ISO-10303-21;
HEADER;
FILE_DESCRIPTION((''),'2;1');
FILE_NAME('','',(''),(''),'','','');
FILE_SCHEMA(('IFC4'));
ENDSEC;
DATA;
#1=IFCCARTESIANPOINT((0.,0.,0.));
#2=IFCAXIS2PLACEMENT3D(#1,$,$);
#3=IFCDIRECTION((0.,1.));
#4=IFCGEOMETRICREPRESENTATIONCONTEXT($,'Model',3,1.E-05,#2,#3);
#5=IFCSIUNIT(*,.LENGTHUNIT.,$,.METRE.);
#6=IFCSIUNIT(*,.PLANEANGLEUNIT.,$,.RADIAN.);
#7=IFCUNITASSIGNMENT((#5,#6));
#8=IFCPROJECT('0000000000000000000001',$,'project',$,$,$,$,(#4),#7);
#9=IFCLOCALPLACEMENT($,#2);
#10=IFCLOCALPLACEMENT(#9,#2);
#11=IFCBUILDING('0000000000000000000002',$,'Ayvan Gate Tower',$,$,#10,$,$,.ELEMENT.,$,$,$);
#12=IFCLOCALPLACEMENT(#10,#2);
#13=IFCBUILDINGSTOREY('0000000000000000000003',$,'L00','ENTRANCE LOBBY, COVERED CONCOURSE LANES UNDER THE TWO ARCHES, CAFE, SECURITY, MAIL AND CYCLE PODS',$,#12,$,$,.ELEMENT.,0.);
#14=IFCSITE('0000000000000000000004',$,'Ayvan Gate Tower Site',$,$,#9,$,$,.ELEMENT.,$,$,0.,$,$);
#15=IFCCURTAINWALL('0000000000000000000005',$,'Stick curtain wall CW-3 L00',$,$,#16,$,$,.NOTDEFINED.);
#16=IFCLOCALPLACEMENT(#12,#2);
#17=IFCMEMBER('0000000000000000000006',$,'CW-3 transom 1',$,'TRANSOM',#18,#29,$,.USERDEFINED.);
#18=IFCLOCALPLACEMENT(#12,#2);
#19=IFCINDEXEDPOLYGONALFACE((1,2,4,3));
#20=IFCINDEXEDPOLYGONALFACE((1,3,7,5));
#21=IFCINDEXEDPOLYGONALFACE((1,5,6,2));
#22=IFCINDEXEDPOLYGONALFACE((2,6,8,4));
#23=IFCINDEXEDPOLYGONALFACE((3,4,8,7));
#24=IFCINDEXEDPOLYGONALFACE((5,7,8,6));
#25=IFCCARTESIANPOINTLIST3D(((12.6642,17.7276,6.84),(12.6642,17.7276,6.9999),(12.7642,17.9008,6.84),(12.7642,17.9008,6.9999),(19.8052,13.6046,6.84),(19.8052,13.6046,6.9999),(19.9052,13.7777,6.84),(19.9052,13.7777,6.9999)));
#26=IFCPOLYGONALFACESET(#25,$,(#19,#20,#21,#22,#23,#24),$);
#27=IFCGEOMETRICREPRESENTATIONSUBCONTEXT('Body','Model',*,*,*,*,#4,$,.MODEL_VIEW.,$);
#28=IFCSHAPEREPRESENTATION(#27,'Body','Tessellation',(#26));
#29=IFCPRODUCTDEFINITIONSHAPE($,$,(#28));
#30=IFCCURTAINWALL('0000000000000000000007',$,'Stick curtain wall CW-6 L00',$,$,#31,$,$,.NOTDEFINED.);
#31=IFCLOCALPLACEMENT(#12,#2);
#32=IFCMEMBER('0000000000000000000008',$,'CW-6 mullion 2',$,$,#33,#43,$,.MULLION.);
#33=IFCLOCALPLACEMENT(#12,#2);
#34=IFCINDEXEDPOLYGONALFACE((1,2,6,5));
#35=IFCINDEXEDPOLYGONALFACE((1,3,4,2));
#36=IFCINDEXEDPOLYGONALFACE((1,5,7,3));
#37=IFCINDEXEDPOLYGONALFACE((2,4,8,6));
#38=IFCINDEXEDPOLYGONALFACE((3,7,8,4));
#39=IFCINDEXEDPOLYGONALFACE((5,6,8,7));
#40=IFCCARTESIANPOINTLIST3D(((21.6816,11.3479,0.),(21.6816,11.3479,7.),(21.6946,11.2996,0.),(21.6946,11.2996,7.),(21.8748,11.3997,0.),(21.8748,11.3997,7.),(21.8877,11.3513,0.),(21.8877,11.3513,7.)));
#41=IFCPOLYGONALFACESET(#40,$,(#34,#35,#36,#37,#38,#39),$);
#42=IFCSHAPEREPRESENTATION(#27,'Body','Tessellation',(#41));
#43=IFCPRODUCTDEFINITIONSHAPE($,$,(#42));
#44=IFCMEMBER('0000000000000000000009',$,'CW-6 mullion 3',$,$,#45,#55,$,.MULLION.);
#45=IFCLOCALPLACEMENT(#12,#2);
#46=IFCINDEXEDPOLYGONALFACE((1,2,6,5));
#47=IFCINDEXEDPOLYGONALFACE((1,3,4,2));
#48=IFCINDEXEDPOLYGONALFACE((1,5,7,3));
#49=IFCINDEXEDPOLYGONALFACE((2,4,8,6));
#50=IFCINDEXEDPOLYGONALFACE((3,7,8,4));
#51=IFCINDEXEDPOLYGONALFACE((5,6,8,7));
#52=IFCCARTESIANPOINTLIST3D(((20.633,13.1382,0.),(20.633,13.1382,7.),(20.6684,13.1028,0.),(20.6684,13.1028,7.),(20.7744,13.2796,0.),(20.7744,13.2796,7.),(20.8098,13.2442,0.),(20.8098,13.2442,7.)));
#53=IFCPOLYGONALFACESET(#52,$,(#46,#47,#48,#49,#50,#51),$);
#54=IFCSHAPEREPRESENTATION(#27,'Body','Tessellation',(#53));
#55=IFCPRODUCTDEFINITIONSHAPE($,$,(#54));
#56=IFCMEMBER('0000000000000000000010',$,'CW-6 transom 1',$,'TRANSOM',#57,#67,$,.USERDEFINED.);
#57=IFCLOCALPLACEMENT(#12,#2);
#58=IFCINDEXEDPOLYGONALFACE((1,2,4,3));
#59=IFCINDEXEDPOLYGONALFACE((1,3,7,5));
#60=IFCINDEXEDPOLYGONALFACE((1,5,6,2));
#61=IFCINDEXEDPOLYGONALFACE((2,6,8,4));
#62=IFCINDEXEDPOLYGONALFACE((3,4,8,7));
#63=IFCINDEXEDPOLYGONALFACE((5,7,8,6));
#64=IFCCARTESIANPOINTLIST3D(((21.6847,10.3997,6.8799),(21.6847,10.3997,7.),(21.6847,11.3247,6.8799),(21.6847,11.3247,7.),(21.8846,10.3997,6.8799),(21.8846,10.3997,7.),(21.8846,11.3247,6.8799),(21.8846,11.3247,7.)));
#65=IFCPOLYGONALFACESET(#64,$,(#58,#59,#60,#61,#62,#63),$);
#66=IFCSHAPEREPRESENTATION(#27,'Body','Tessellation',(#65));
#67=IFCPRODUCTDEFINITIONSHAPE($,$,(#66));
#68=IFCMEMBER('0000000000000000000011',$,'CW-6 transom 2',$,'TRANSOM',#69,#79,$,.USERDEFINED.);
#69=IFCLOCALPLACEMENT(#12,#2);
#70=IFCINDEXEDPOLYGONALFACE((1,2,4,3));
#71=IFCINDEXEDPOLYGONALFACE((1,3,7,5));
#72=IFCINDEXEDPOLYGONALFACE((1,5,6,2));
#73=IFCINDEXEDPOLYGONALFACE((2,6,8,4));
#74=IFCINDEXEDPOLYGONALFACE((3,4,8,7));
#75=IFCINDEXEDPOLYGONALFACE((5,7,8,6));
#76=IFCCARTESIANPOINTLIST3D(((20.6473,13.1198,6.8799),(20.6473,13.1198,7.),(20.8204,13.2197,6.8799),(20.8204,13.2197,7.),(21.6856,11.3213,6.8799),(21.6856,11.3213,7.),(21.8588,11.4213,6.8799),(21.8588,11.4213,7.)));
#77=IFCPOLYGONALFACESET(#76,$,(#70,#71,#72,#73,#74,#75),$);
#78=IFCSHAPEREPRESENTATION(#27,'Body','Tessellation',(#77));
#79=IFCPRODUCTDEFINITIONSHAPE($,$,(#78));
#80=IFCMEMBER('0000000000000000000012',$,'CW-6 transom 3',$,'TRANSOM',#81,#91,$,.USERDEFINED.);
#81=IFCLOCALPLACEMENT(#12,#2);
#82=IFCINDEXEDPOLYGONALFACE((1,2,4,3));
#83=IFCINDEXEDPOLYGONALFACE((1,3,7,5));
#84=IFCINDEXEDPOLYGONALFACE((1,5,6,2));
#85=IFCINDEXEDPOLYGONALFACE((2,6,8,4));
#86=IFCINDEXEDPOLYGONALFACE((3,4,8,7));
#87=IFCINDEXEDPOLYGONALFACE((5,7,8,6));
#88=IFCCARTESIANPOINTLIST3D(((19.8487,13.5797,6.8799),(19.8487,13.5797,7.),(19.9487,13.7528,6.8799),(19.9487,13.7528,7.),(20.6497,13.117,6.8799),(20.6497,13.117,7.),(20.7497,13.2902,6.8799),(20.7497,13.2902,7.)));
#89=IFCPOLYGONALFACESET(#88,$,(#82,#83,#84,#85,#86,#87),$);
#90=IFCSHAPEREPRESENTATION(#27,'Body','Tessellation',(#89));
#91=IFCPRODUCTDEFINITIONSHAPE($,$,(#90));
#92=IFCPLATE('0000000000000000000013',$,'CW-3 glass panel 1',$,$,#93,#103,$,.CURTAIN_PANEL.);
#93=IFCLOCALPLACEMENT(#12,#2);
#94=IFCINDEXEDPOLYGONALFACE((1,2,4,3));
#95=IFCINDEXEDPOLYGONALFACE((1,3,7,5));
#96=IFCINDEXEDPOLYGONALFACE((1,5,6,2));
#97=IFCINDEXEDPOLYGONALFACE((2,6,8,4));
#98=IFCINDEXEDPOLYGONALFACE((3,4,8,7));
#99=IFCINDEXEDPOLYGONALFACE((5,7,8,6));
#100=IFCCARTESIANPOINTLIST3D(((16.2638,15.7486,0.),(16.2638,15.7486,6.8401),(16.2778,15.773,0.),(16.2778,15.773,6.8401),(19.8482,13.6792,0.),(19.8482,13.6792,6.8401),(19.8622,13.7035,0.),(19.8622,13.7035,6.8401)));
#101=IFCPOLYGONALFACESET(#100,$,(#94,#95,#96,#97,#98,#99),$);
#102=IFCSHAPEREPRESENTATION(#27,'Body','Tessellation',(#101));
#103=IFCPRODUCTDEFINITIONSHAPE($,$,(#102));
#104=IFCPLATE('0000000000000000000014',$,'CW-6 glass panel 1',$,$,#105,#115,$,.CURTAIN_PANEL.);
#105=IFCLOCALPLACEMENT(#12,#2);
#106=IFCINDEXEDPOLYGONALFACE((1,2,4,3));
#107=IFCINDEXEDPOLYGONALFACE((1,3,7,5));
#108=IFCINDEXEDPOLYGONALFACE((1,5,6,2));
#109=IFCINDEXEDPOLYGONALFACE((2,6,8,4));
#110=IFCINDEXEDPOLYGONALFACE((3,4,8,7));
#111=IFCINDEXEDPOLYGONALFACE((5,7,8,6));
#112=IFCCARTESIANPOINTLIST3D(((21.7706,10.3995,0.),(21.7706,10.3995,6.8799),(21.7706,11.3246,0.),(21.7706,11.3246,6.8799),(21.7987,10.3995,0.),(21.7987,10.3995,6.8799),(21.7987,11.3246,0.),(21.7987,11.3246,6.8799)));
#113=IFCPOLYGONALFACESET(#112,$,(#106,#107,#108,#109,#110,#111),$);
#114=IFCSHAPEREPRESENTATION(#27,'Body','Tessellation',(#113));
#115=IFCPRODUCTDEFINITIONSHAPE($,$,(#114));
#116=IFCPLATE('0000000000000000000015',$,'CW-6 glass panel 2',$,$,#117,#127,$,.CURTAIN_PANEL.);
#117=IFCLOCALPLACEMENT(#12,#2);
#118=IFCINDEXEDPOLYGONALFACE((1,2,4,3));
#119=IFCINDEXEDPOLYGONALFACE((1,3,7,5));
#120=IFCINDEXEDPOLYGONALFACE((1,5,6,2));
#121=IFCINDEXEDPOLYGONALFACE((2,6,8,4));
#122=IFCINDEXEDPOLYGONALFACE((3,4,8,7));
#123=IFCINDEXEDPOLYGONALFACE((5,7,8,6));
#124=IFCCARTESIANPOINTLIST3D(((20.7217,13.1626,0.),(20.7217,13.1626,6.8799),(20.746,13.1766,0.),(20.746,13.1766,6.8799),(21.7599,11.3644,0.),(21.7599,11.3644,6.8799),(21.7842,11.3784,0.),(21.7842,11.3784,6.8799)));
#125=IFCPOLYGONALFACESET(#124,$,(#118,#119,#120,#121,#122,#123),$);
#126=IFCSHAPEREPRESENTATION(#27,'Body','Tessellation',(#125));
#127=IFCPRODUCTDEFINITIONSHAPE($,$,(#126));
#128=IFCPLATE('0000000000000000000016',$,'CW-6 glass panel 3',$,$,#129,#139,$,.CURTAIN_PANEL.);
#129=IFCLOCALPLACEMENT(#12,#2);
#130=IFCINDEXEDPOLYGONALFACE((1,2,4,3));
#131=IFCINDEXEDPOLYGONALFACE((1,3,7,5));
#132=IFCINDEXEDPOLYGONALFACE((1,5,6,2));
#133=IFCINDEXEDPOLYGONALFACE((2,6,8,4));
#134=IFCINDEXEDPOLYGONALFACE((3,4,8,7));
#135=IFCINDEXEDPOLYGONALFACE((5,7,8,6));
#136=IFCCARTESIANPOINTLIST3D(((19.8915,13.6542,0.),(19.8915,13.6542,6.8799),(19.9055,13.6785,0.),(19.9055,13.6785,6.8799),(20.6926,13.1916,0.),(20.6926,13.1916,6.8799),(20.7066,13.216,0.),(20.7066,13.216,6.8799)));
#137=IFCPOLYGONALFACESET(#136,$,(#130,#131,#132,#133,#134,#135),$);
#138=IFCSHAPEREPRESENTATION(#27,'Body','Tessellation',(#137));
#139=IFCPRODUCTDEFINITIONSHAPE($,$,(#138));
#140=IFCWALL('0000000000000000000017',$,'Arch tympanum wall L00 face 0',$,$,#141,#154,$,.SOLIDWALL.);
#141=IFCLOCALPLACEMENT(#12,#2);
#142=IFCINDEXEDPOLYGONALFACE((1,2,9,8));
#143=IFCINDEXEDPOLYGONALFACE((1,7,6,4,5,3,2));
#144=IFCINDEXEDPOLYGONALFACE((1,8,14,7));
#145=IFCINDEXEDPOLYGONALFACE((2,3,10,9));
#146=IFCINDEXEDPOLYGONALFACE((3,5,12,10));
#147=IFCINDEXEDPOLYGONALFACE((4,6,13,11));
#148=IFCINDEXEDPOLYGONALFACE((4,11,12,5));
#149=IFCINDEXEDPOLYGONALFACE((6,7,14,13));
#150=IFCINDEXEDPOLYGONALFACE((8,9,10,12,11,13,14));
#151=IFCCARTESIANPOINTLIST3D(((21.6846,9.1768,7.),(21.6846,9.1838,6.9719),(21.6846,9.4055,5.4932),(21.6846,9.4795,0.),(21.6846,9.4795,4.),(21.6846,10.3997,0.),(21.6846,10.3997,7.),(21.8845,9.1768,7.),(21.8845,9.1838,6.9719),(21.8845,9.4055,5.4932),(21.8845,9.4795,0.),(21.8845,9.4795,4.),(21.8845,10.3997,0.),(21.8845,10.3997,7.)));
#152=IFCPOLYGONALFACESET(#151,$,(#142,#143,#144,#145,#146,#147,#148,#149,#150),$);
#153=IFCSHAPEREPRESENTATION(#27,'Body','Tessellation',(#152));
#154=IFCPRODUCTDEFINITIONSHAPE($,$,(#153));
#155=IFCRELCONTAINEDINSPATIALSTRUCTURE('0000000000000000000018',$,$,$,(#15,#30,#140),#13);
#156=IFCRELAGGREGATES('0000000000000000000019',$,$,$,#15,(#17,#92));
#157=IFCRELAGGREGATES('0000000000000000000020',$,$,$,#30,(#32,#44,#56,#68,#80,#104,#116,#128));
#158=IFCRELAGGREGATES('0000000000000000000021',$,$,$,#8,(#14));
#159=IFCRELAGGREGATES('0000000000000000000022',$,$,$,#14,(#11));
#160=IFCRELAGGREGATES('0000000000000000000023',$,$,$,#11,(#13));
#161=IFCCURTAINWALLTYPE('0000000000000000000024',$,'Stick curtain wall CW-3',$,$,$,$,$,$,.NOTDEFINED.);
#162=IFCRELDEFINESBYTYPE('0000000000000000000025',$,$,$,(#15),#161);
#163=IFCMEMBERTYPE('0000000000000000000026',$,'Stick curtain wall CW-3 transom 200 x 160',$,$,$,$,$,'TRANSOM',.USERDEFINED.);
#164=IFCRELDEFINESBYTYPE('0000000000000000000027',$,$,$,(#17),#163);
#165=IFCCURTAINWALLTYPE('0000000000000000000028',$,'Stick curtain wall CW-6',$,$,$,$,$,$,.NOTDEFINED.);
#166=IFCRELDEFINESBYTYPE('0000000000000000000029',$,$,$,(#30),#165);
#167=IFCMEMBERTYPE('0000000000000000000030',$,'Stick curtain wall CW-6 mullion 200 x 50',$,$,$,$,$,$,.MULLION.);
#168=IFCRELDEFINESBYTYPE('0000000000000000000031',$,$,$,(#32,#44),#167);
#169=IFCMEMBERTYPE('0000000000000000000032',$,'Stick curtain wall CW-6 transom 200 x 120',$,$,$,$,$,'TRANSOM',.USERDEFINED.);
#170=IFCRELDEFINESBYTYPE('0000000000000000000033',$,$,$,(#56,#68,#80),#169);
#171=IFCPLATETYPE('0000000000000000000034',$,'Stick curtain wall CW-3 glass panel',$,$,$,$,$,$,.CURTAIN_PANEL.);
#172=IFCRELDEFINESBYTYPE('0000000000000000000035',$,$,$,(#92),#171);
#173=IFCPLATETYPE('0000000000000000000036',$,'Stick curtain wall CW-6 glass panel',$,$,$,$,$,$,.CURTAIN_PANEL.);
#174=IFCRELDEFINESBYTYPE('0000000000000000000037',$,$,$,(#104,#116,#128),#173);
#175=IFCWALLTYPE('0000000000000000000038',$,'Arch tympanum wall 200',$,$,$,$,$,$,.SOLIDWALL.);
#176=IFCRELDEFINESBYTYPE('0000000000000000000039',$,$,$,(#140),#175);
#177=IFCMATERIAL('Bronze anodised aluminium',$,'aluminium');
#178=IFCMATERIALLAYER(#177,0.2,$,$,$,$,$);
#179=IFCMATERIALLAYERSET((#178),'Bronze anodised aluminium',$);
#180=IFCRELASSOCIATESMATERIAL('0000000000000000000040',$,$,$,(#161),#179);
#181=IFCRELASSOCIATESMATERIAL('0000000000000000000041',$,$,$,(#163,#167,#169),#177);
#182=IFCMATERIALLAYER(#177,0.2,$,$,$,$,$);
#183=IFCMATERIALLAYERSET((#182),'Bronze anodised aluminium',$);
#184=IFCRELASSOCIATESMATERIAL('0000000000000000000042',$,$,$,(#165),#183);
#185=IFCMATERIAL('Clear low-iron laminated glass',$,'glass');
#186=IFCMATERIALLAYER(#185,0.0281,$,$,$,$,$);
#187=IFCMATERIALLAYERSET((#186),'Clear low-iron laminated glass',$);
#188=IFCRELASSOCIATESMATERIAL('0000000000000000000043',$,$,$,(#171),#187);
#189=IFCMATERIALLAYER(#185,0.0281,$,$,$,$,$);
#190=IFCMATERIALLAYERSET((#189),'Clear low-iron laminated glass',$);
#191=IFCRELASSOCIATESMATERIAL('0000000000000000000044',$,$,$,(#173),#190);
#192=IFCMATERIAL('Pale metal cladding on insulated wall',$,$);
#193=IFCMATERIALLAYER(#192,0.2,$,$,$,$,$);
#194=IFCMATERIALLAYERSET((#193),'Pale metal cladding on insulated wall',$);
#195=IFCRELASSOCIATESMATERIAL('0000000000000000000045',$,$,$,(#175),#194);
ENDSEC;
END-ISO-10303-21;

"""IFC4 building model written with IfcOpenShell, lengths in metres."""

from ifc_helpers import new_model, si_unit, direction, frame, origin, origin_2d, place, context, subcontext, project, spatial, polyline, rectangle, outline, extrude, material, layer, layer_set, material_profile, profile_set, type_object, element, aggregate, save


model = new_model("IFC4")

# Units and contexts
model_context = context("Model", 3, precision=1e-05, world=origin(), true_north=direction((0.0, 1.0)))
body_context = subcontext(model_context, "Body", "Model", "MODEL_VIEW")
ifc_project = project(units=[si_unit("LENGTHUNIT", "METRE"), si_unit("PLANEANGLEUNIT", "RADIAN")], contexts=[model_context])

# Site, building, storey
site_placement = place(None, origin())
site = spatial("IfcSite", under=ifc_project, at=site_placement, Name="Ayvan Gate Tower Site", CompositionType="ELEMENT", RefElevation=0.0)
building_placement = place(site_placement, origin())
building = spatial("IfcBuilding", under=site, at=building_placement, Name="Ayvan Gate Tower", CompositionType="ELEMENT")
storey_placement = place(building_placement, origin())
storey = spatial("IfcBuildingStorey", under=building, at=storey_placement, Name="L00", Description="ENTRANCE LOBBY, COVERED CONCOURSE LANES UNDER THE TWO ARCHES, CAFE, SECURITY, MAIL AND CYCLE PODS", CompositionType="ELEMENT", Elevation=0.0)

# Curtain walls, members
ifc_material_1 = material(Name="Bronze anodised aluminium", Category="aluminium")
ifc_layer_1 = layer(ifc_material_1, 0.2)
ifc_layer_set_1 = layer_set([ifc_layer_1], Name="Bronze anodised aluminium")
curtain_wall_type_1 = type_object("IfcCurtainWallType", Name="Stick curtain wall CW-3", PredefinedType="NOTDEFINED", material=ifc_layer_set_1)
curtain_wall_1_placement = place(storey_placement, origin())
curtain_wall_1 = element("IfcCurtainWall", 1, at=curtain_wall_1_placement, inside=storey, type_object=curtain_wall_type_1, Name="Stick curtain wall CW-3 L00", PredefinedType="NOTDEFINED")
ifc_material_profile_1 = material_profile(ifc_material_1, rectangle(XDim=0.2, YDim=0.1599, at=origin_2d()), Name="Stick curtain wall CW-3 transom 200 x 160")
ifc_profile_set_1 = profile_set([ifc_material_profile_1], Name="Bronze anodised aluminium")
member_type_1 = type_object("IfcMemberType", Name="Stick curtain wall CW-3 transom 200 x 160", ElementType="TRANSOM", PredefinedType="USERDEFINED", material=ifc_profile_set_1)
member_1_placement = place(storey_placement, frame((19.8552, 13.6912, 6.9199), z_axis=(-0.866019, 0.500011, 0.0), x_axis=(-0.500011, -0.866019, 0.0)))
member_1 = element("IfcMember", 2, at=member_1_placement, type_object=member_type_1, Name="CW-3 transom 1", ObjectType="TRANSOM", PredefinedType="USERDEFINED", context=body_context, shape_type="SweptSolid", body=[
    extrude(rectangle(XDim=0.2, YDim=0.1599, at=origin_2d()), origin(), (0.0, 0.0, 1.0), 8.2458),
])
ifc_layer_2 = layer(ifc_material_1, 0.2)
ifc_layer_set_2 = layer_set([ifc_layer_2], Name="Bronze anodised aluminium")
curtain_wall_type_2 = type_object("IfcCurtainWallType", Name="Stick curtain wall CW-6", PredefinedType="NOTDEFINED", material=ifc_layer_set_2)
curtain_wall_2_placement = place(storey_placement, origin())
curtain_wall_2 = element("IfcCurtainWall", 3, at=curtain_wall_2_placement, inside=storey, type_object=curtain_wall_type_2, Name="Stick curtain wall CW-6 L00", PredefinedType="NOTDEFINED")
ifc_material_profile_2 = material_profile(ifc_material_1, rectangle(XDim=0.2, YDim=0.05, at=origin_2d()), Name="Stick curtain wall CW-6 mullion 200 x 50")
ifc_profile_set_2 = profile_set([ifc_material_profile_2], Name="Bronze anodised aluminium")
member_type_2 = type_object("IfcMemberType", Name="Stick curtain wall CW-6 mullion 200 x 50", PredefinedType="MULLION", material=ifc_profile_set_2)
member_2_placement = place(storey_placement, frame((21.7847, 11.3496, 0.0), z_axis=(0.0, 0.0, 1.0), x_axis=(0.965926, 0.258819, 0.0)))
member_2 = element("IfcMember", 4, at=member_2_placement, type_object=member_type_2, Name="CW-6 mullion 2", PredefinedType="MULLION", context=body_context, shape_type="SweptSolid", body=[
    extrude(rectangle(XDim=0.2, YDim=0.05, at=origin_2d()), origin(), (0.0, 0.0, 1.0), 7.0),
])
member_3_placement = place(storey_placement, frame((20.7214, 13.1912, 0.0), z_axis=(0.0, 0.0, 1.0), x_axis=(0.707107, 0.707107, 0.0)))
member_3 = element("IfcMember", 5, at=member_3_placement, type_object=member_type_2, Name="CW-6 mullion 3", PredefinedType="MULLION", context=body_context, shape_type="SweptSolid", body=[
    extrude(rectangle(XDim=0.2, YDim=0.05, at=origin_2d()), origin(), (0.0, 0.0, 1.0), 7.0),
])
ifc_material_profile_3 = material_profile(ifc_material_1, rectangle(XDim=0.2, YDim=0.1201, at=origin_2d()), Name="Stick curtain wall CW-6 transom 200 x 120")
ifc_profile_set_3 = profile_set([ifc_material_profile_3], Name="Bronze anodised aluminium")
member_type_3 = type_object("IfcMemberType", Name="Stick curtain wall CW-6 transom 200 x 120", ElementType="TRANSOM", PredefinedType="USERDEFINED", material=ifc_profile_set_3)
member_4_placement = place(storey_placement, frame((21.7847, 10.3997, 6.9399), z_axis=(0.0, 1.0, 0.0), x_axis=(-1.0, 0.0, 0.0)))
member_4 = element("IfcMember", 6, at=member_4_placement, type_object=member_type_3, Name="CW-6 transom 1", ObjectType="TRANSOM", PredefinedType="USERDEFINED", context=body_context, shape_type="SweptSolid", body=[
    extrude(rectangle(XDim=0.2, YDim=0.1201, at=origin_2d()), origin(), (0.0, 0.0, 1.0), 0.925),
])
member_5_placement = place(storey_placement, frame((21.7722, 11.3713, 6.9399), z_axis=(-0.500021, 0.866013, 0.0), x_axis=(-0.866013, -0.500021, 0.0)))
member_5 = element("IfcMember", 7, at=member_5_placement, type_object=member_type_3, Name="CW-6 transom 2", ObjectType="TRANSOM", PredefinedType="USERDEFINED", context=body_context, shape_type="SweptSolid", body=[
    extrude(rectangle(XDim=0.2, YDim=0.1201, at=origin_2d()), origin(), (0.0, 0.0, 1.0), 2.0767),
])
member_6_placement = place(storey_placement, frame((20.6997, 13.2036, 6.9399), z_axis=(-0.865944, 0.500141, 0.0), x_axis=(-0.500141, -0.865944, 0.0)))
member_6 = element("IfcMember", 8, at=member_6_placement, type_object=member_type_3, Name="CW-6 transom 3", ObjectType="TRANSOM", PredefinedType="USERDEFINED", context=body_context, shape_type="SweptSolid", body=[
    extrude(rectangle(XDim=0.2, YDim=0.1201, at=origin_2d()), origin(), (0.0, 0.0, 1.0), 0.925),
])

# Plates
ifc_material_2 = material(Name="Clear low-iron laminated glass", Category="glass")
ifc_layer_3 = layer(ifc_material_2, 0.0281)
ifc_layer_set_3 = layer_set([ifc_layer_3], Name="Clear low-iron laminated glass")
plate_type_1 = type_object("IfcPlateType", Name="Stick curtain wall CW-3 glass panel", PredefinedType="CURTAIN_PANEL", material=ifc_layer_set_3)
plate_1_placement = place(storey_placement, frame((18.063, 14.7261, 0.0), z_axis=(0.0, 0.0, 1.0), x_axis=(-0.866025, 0.5, 0.0)))
plate_1 = element("IfcPlate", 9, at=plate_1_placement, type_object=plate_type_1, Name="CW-3 glass panel 1", PredefinedType="CURTAIN_PANEL", context=body_context, shape_type="SweptSolid", body=[
    extrude(rectangle(XDim=4.1389, YDim=0.0281, at=origin_2d()), origin(), (0.0, 0.0, 1.0), 6.8401),
])
aggregate(curtain_wall_1, [member_1, plate_1])
ifc_layer_4 = layer(ifc_material_2, 0.0281)
ifc_layer_set_4 = layer_set([ifc_layer_4], Name="Clear low-iron laminated glass")
plate_type_2 = type_object("IfcPlateType", Name="Stick curtain wall CW-6 glass panel", PredefinedType="CURTAIN_PANEL", material=ifc_layer_set_4)
plate_2_placement = place(storey_placement, frame((21.7847, 10.8621, 0.0), z_axis=(0.0, 0.0, 1.0), x_axis=(0.0, 1.0, 0.0)))
plate_2 = element("IfcPlate", 10, at=plate_2_placement, type_object=plate_type_2, Name="CW-6 glass panel 1", PredefinedType="CURTAIN_PANEL", context=body_context, shape_type="SweptSolid", body=[
    extrude(rectangle(XDim=0.925, YDim=0.0281, at=origin_2d()), origin(), (0.0, 0.0, 1.0), 6.8799),
])
plate_3_placement = place(storey_placement, frame((21.2529, 12.2705, 0.0), z_axis=(0.0, 0.0, 1.0), x_axis=(-0.5, 0.866025, 0.0)))
plate_3 = element("IfcPlate", 11, at=plate_3_placement, type_object=plate_type_2, Name="CW-6 glass panel 2", PredefinedType="CURTAIN_PANEL", context=body_context, shape_type="SweptSolid", body=[
    extrude(rectangle(XDim=2.0764, YDim=0.0281, at=origin_2d()), origin(), (0.0, 0.0, 1.0), 6.8799),
])
plate_4_placement = place(storey_placement, frame((20.2991, 13.4351, 0.0), z_axis=(0.0, 0.0, 1.0), x_axis=(-0.866025, 0.5, 0.0)))
plate_4 = element("IfcPlate", 12, at=plate_4_placement, type_object=plate_type_2, Name="CW-6 glass panel 3", PredefinedType="CURTAIN_PANEL", context=body_context, shape_type="SweptSolid", body=[
    extrude(rectangle(XDim=0.925, YDim=0.0281, at=origin_2d()), origin(), (0.0, 0.0, 1.0), 6.8799),
])
aggregate(curtain_wall_2, [member_2, member_3, member_4, member_5, member_6, plate_2, plate_3, plate_4])

# Wall
ifc_material_3 = material(Name="Pale metal cladding on insulated wall")
ifc_layer_5 = layer(ifc_material_3, 0.2)
ifc_layer_set_5 = layer_set([ifc_layer_5], Name="Pale metal cladding on insulated wall")
wall_type_1 = type_object("IfcWallType", Name="Arch tympanum wall 200", PredefinedType="SOLIDWALL", material=ifc_layer_set_5)
wall_1_placement = place(storey_placement, frame((21.6846, 10.3997, 0.0), z_axis=(-1.0, 0.0, 0.0), x_axis=(0.0, -1.0, 0.0)))
element("IfcWall", 13, at=wall_1_placement, inside=storey, type_object=wall_type_1, Name="Arch tympanum wall L00 face 0", PredefinedType="SOLIDWALL", context=body_context, shape_type="SweptSolid", body=[
    extrude(outline(polyline([(0.0, 0.0), (0.9202, 0.0), (0.9202, 4.0), (0.9941, 5.4932), (1.2158, 6.9719), (1.2229, 7.0), (0.0, 7.0), (0.0, 0.0)])), origin(), (0.0, 0.0, -1.0), 0.2),
])

save(model, "model.ifc")
